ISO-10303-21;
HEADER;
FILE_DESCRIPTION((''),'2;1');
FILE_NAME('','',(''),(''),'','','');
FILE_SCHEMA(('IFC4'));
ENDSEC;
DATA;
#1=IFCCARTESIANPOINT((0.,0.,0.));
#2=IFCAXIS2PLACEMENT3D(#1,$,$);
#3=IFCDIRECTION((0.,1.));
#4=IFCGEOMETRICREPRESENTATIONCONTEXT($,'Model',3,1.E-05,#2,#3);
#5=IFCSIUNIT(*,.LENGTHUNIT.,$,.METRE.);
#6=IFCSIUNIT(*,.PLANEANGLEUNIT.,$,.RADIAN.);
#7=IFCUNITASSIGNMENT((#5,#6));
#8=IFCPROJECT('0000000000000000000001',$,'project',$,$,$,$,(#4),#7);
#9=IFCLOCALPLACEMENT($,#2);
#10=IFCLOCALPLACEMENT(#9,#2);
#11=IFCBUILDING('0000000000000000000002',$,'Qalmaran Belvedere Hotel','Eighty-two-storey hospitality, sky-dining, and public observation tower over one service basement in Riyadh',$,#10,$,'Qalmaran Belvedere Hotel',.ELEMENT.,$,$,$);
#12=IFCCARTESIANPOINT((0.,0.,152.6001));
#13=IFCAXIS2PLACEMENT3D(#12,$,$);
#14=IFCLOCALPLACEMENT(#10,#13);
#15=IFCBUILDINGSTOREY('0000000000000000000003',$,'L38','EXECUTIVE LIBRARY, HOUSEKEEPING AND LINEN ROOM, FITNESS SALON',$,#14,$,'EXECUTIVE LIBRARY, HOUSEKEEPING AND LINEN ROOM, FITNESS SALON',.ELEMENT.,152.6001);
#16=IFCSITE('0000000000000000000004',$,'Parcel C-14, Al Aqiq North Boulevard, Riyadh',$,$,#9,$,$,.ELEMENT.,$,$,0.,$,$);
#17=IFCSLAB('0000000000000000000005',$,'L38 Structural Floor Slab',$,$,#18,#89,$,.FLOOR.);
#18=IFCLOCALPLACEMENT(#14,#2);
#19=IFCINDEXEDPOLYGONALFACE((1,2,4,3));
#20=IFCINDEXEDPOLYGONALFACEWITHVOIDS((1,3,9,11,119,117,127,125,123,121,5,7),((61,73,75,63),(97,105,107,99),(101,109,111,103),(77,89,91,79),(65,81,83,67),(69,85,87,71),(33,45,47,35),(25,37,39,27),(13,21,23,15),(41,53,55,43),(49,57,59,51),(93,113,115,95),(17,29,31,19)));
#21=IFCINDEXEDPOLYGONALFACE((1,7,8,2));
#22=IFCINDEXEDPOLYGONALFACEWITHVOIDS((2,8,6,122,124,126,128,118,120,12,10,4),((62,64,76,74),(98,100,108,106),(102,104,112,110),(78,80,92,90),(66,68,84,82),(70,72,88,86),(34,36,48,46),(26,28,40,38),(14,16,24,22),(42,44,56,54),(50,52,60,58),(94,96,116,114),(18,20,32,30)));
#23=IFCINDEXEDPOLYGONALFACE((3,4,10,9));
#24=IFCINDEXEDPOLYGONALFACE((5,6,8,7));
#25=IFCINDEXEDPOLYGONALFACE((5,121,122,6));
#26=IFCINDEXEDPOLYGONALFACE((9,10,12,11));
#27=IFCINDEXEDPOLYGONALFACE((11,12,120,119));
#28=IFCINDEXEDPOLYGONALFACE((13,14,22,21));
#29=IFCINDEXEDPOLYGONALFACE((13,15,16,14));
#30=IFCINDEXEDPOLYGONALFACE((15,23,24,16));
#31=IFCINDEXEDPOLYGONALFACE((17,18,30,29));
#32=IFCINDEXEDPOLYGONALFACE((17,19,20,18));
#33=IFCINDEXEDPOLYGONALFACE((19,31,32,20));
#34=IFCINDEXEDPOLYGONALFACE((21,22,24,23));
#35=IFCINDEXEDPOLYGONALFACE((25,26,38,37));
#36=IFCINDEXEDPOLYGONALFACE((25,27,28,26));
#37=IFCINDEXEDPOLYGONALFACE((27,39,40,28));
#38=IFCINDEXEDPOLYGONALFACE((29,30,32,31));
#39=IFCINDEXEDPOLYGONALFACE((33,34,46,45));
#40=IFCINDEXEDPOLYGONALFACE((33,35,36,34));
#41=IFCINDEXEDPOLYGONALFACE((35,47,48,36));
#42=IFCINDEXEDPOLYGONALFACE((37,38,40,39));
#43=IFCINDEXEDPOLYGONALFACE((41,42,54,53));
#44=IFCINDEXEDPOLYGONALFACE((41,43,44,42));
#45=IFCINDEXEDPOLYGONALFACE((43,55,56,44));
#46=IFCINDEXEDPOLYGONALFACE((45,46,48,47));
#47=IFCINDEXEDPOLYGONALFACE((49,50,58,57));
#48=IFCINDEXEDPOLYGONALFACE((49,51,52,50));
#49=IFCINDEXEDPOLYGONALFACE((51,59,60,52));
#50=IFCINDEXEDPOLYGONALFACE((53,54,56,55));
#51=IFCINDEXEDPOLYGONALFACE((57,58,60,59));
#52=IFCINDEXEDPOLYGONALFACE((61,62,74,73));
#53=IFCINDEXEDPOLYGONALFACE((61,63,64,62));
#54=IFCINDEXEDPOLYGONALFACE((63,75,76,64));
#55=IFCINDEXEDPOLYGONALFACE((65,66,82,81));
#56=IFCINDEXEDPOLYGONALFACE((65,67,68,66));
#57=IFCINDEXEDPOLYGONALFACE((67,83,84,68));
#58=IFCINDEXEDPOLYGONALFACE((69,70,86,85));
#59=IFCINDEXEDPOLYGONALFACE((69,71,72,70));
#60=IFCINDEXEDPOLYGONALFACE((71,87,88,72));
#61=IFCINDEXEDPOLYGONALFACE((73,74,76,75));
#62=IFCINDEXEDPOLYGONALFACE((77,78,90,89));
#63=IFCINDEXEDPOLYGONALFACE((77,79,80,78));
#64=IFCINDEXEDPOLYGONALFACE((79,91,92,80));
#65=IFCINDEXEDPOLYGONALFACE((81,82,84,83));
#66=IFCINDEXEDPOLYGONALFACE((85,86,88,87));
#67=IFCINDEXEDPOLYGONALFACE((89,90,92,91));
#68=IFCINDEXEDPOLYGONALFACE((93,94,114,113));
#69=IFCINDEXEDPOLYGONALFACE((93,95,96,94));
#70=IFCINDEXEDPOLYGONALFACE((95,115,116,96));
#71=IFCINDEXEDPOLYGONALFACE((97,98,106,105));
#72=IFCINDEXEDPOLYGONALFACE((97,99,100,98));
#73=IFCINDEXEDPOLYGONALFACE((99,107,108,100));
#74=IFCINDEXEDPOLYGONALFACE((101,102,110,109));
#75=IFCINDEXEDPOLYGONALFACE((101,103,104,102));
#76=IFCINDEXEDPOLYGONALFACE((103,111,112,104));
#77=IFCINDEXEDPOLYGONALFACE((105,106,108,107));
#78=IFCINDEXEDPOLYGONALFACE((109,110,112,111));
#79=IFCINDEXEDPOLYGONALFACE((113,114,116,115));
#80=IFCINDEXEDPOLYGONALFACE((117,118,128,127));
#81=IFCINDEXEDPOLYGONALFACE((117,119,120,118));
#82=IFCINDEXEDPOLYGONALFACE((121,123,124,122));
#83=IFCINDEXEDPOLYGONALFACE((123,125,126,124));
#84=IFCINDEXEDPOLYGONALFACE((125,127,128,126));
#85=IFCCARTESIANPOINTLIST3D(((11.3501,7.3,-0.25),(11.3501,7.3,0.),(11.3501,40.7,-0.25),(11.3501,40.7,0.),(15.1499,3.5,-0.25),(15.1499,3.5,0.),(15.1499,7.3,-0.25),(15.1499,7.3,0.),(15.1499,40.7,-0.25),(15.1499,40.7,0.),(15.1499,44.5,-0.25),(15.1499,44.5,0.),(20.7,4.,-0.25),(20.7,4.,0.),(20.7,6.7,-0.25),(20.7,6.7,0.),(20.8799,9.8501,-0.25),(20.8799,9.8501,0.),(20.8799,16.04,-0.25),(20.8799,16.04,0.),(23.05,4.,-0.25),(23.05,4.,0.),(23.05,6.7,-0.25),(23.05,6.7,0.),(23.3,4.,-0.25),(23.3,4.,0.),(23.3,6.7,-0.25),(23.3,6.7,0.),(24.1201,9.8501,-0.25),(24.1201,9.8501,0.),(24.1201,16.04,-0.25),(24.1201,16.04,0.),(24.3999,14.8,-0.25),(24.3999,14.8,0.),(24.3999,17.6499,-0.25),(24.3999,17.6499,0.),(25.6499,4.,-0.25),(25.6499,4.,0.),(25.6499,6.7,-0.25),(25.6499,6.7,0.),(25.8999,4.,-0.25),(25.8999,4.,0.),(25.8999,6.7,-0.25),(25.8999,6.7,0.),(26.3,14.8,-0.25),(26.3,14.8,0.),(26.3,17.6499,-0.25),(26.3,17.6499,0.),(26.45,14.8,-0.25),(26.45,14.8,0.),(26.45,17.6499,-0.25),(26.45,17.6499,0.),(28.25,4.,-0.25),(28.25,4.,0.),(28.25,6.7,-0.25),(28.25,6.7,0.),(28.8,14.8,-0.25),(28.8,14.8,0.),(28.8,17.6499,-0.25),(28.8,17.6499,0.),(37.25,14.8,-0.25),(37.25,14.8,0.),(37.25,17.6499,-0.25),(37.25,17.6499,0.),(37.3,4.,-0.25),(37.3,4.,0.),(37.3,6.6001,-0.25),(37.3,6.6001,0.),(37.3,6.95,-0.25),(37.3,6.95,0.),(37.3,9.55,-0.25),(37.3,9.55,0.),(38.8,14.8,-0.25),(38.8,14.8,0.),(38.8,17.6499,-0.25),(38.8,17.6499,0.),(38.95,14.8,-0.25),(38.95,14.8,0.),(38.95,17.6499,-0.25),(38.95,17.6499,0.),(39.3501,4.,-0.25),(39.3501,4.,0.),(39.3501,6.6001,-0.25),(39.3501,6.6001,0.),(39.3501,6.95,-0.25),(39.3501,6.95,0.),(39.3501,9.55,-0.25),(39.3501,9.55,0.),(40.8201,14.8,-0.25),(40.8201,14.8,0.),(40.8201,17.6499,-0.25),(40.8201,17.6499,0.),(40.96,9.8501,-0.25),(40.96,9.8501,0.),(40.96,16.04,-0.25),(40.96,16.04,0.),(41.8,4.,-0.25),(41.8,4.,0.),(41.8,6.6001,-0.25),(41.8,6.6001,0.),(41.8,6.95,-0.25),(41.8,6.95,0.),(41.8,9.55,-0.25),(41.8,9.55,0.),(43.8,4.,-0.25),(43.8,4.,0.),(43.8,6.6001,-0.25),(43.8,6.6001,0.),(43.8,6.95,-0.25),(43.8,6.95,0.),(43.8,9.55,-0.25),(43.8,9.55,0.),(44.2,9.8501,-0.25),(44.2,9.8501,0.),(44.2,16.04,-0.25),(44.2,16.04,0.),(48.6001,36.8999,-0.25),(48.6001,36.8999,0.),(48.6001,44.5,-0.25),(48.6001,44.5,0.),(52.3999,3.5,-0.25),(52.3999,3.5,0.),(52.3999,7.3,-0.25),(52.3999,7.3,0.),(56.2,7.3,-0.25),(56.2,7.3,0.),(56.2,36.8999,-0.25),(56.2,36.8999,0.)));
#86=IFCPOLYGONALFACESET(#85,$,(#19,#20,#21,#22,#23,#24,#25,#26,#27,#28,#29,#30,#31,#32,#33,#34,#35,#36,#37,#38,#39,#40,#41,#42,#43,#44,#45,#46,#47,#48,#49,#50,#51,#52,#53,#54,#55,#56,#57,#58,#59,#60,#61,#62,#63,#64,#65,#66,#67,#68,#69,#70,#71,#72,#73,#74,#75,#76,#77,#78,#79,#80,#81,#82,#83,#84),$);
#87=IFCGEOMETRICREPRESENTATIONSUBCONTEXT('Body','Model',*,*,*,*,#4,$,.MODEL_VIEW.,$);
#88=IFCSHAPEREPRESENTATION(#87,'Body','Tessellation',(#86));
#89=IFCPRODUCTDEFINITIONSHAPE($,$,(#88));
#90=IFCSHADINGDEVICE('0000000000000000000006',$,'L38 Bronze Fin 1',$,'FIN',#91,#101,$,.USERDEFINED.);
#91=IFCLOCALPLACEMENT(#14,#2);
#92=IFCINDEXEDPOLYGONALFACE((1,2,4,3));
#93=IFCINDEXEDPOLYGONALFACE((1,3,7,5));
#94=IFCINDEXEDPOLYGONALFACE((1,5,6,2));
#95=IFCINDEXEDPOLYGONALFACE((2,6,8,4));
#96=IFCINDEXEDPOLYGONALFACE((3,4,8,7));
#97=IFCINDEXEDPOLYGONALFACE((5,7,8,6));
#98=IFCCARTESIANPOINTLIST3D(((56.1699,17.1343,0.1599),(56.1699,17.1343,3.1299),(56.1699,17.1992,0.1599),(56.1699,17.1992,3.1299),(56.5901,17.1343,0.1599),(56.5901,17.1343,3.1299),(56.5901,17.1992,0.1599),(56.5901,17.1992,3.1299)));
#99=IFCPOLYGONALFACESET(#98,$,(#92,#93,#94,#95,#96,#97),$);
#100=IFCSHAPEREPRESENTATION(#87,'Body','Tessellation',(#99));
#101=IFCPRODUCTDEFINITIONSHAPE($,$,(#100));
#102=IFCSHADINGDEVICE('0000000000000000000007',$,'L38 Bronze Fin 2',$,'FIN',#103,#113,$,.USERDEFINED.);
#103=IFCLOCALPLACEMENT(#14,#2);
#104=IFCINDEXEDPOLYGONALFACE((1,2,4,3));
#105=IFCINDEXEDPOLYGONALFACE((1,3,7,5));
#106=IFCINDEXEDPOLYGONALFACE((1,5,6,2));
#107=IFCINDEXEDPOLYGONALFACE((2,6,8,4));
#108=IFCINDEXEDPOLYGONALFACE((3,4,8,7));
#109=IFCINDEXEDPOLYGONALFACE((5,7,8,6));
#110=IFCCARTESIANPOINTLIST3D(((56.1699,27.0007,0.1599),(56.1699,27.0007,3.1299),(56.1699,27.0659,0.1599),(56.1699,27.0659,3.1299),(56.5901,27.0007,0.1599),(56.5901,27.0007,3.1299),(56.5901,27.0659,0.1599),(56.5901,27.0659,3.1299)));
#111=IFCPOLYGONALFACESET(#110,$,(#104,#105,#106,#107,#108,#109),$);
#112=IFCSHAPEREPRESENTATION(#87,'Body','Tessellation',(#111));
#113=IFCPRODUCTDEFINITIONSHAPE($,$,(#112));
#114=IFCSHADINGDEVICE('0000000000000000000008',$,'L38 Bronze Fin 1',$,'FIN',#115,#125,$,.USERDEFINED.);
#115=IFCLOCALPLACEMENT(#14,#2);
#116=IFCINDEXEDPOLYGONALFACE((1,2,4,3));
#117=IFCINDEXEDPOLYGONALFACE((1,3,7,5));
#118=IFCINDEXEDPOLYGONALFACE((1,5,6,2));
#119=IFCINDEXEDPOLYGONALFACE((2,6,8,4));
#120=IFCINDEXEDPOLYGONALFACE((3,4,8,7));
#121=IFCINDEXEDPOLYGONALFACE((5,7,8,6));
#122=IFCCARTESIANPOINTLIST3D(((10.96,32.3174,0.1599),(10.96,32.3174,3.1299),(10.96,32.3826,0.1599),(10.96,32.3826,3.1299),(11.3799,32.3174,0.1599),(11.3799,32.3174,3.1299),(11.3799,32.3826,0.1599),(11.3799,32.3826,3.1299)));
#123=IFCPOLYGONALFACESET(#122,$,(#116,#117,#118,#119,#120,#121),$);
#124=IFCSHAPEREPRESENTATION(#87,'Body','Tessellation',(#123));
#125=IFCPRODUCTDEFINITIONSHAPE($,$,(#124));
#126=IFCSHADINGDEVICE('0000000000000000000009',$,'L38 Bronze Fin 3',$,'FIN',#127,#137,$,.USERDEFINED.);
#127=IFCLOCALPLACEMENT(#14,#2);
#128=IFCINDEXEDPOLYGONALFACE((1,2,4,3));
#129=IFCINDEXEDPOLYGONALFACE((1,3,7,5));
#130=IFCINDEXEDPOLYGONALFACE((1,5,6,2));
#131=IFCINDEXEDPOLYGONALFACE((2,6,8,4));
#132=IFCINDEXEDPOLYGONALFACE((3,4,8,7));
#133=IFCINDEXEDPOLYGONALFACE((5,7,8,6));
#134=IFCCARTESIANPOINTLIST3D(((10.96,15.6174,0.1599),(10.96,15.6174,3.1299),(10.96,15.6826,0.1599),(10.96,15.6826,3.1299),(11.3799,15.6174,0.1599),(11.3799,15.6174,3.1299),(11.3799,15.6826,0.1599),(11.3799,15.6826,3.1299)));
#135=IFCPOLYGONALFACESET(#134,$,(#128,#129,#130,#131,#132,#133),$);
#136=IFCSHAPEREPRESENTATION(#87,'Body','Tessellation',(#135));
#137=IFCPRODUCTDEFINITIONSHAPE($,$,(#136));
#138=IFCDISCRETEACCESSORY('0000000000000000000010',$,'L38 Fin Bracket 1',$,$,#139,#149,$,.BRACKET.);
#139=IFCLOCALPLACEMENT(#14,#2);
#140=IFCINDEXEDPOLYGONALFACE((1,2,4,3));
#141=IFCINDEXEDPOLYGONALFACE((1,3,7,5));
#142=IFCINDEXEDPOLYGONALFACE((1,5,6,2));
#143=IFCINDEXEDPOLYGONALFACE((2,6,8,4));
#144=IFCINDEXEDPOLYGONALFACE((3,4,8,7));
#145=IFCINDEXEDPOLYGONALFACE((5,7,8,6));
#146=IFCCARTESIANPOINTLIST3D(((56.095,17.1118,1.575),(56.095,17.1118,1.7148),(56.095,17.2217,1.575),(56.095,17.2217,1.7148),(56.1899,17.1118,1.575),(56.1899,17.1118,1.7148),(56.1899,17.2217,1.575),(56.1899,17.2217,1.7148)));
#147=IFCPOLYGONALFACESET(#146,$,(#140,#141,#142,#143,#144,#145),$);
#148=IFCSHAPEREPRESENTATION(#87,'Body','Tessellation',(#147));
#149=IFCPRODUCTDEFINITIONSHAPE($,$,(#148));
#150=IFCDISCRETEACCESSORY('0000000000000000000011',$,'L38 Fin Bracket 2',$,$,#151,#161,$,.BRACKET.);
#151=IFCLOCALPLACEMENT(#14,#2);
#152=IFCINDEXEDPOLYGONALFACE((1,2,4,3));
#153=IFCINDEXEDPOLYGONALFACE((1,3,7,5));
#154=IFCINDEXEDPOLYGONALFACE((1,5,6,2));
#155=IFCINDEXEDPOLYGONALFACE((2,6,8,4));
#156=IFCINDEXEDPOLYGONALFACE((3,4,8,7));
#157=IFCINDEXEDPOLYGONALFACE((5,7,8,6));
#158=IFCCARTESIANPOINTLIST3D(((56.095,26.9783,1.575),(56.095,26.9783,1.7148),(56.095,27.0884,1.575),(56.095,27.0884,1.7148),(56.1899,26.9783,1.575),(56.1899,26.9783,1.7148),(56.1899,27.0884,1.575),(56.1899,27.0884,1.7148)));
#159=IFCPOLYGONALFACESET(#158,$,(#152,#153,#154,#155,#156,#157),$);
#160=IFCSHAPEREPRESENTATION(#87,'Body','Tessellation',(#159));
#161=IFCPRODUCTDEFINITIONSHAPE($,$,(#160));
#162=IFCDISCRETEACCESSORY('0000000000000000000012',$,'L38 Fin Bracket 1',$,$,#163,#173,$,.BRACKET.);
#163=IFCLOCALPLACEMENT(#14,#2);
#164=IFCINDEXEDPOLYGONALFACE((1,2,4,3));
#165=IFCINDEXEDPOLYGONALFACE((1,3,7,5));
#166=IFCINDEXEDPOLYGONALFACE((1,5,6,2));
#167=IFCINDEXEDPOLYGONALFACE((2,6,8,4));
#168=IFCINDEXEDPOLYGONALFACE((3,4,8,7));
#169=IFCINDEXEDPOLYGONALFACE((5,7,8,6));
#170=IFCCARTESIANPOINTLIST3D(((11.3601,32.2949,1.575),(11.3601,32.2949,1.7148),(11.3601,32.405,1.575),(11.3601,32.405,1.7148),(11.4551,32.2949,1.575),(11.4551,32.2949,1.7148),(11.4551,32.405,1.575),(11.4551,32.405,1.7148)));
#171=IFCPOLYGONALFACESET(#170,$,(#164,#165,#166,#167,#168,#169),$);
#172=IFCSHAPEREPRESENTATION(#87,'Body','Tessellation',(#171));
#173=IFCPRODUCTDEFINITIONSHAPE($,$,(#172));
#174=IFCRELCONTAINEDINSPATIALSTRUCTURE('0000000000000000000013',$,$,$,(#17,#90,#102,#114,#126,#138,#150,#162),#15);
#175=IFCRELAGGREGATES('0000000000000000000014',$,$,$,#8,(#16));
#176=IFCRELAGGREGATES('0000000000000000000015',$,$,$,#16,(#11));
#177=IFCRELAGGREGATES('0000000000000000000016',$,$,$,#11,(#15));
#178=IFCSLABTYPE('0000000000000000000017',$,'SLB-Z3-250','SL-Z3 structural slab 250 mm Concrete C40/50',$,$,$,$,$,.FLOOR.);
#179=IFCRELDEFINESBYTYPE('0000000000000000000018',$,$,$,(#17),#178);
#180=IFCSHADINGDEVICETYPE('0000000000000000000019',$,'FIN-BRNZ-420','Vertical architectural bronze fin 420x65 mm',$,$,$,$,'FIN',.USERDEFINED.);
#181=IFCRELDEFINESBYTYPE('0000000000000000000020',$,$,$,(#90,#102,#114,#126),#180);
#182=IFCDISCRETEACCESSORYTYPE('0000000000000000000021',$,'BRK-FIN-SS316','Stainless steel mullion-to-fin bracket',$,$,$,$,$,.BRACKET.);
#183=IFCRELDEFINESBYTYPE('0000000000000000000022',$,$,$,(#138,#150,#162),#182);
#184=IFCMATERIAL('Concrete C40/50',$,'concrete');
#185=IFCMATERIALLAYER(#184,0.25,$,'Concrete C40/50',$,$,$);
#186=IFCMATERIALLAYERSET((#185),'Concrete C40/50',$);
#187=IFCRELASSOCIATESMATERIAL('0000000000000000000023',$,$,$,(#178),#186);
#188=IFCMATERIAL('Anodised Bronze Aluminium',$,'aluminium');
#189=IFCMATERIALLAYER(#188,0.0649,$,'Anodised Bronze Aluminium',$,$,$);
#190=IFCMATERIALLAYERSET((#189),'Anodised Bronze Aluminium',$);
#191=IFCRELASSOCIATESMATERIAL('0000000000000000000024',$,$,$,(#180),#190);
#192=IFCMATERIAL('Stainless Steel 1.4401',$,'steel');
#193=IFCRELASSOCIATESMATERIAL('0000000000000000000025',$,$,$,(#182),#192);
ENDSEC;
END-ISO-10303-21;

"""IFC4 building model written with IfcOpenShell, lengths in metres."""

from ifc_helpers import new_model, si_unit, direction, frame, origin, place, context, subcontext, project, spatial, polyline, outline, extrude, material, layer, layer_set, type_object, element, save


model = new_model("IFC4")

# Units and contexts
model_context = context("Model", 3, precision=1e-05, world=origin(), true_north=direction((0.0, 1.0)))
body_context = subcontext(model_context, "Body", "Model", "MODEL_VIEW")
ifc_project = project(units=[si_unit("LENGTHUNIT", "METRE"), si_unit("PLANEANGLEUNIT", "RADIAN")], contexts=[model_context])

# Site, building, storey
site_placement = place(None, origin())
site = spatial("IfcSite", under=ifc_project, at=site_placement, Name="Parcel C-14, Al Aqiq North Boulevard, Riyadh", CompositionType="ELEMENT", RefElevation=0.0)
building_placement = place(site_placement, origin())
building = spatial("IfcBuilding", under=site, at=building_placement, Name="Qalmaran Belvedere Hotel", Description="Eighty-two-storey hospitality, sky-dining, and public observation tower over one service basement in Riyadh", LongName="Qalmaran Belvedere Hotel", CompositionType="ELEMENT")
storey_placement = place(building_placement, frame((0.0, 0.0, 152.6001)))
storey = spatial("IfcBuildingStorey", under=building, at=storey_placement, Name="L38", Description="EXECUTIVE LIBRARY, HOUSEKEEPING AND LINEN ROOM, FITNESS SALON", LongName="EXECUTIVE LIBRARY, HOUSEKEEPING AND LINEN ROOM, FITNESS SALON", CompositionType="ELEMENT", Elevation=152.6001)

# Shared definitions
ifc_material_1 = material(Name="Anodised Bronze Aluminium", Category="aluminium")

# Shared definitions
ifc_material_2 = material(Name="Concrete C40/50", Category="concrete")

# Slab
ifc_layer_1 = layer(ifc_material_2, 0.25, Name="Concrete C40/50")
ifc_layer_set_1 = layer_set([ifc_layer_1], Name="Concrete C40/50")
slab_type_1 = type_object("IfcSlabType", Name="SLB-Z3-250", Description="SL-Z3 structural slab 250 mm Concrete C40/50", PredefinedType="FLOOR", material=ifc_layer_set_1)
slab_1_placement = place(storey_placement, frame((0.0, 0.0, -0.25)))
element("IfcSlab", 1, at=slab_1_placement, inside=storey, type_object=slab_type_1, Name="L38 Structural Floor Slab", PredefinedType="FLOOR", context=body_context, shape_type="SweptSolid", body=[
    extrude(outline(polyline([(15.1499, 3.5), (52.3999, 3.5), (52.3999, 7.3), (56.2, 7.3), (56.2, 36.8999), (48.6001, 36.8999), (48.6001, 44.5), (15.1499, 44.5), (15.1499, 40.7), (11.3501, 40.7), (11.3501, 7.3), (15.1499, 7.3), (15.1499, 3.5)]), holes=[polyline([(20.8799, 9.8501), (24.1201, 9.8501), (24.1201, 16.04), (20.8799, 16.04), (20.8799, 9.8501)]), polyline([(40.96, 9.8501), (44.2, 9.8501), (44.2, 16.04), (40.96, 16.04), (40.96, 9.8501)]), polyline([(37.3, 4.0), (39.3501, 4.0), (39.3501, 6.6001), (37.3, 6.6001), (37.3, 4.0)]), polyline([(37.3, 6.95), (39.3501, 6.95), (39.3501, 9.55), (37.3, 9.55), (37.3, 6.95)]), polyline([(41.8, 4.0), (43.8, 4.0), (43.8, 6.6001), (41.8, 6.6001), (41.8, 4.0)]), polyline([(41.8, 6.95), (43.8, 6.95), (43.8, 9.55), (41.8, 9.55), (41.8, 6.95)]), polyline([(20.7, 4.0), (23.05, 4.0), (23.05, 6.7), (20.7, 6.7), (20.7, 4.0)]), polyline([(23.3, 4.0), (25.6499, 4.0), (25.6499, 6.7), (23.3, 6.7), (23.3, 4.0)]), polyline([(25.8999, 4.0), (28.25, 4.0), (28.25, 6.7), (25.8999, 6.7), (25.8999, 4.0)]), polyline([(24.3999, 14.8), (26.3, 14.8), (26.3, 17.6499), (24.3999, 17.6499), (24.3999, 14.8)]), polyline([(38.95, 14.8), (40.8201, 14.8), (40.8201, 17.6499), (38.95, 17.6499), (38.95, 14.8)]), polyline([(26.45, 14.8), (28.8, 14.8), (28.8, 17.6499), (26.45, 17.6499), (26.45, 14.8)]), polyline([(37.25, 14.8), (38.8, 14.8), (38.8, 17.6499), (37.25, 17.6499), (37.25, 14.8)])]), origin(), (0.0, 0.0, 1.0), 0.25),
])

# Shading devices
ifc_layer_2 = layer(ifc_material_1, 0.0649, Name="Anodised Bronze Aluminium")
ifc_layer_set_2 = layer_set([ifc_layer_2], Name="Anodised Bronze Aluminium")
shading_device_type = type_object("IfcShadingDeviceType", Name="FIN-BRNZ-420", Description="Vertical architectural bronze fin 420x65 mm", ElementType="FIN", PredefinedType="USERDEFINED", material=ifc_layer_set_2)
shading_device_1_placement = place(storey_placement, frame((0.0, 0.0, 0.1599)))
element("IfcShadingDevice", 2, at=shading_device_1_placement, inside=storey, type_object=shading_device_type, Name="L38 Bronze Fin 1", ObjectType="FIN", PredefinedType="USERDEFINED", context=body_context, shape_type="SweptSolid", body=[
    extrude(outline(polyline([(56.1699, 17.1343), (56.5901, 17.1343), (56.5901, 17.1992), (56.1699, 17.1992), (56.1699, 17.1343)])), origin(), (0.0, 0.0, 1.0), 2.97),
])
shading_device_2_placement = place(storey_placement, frame((0.0, 0.0, 0.1599)))
element("IfcShadingDevice", 3, at=shading_device_2_placement, inside=storey, type_object=shading_device_type, Name="L38 Bronze Fin 2", ObjectType="FIN", PredefinedType="USERDEFINED", context=body_context, shape_type="SweptSolid", body=[
    extrude(outline(polyline([(56.1699, 27.0007), (56.5901, 27.0007), (56.5901, 27.0659), (56.1699, 27.0659), (56.1699, 27.0007)])), origin(), (0.0, 0.0, 1.0), 2.97),
])
shading_device_3_placement = place(storey_placement, frame((0.0, 0.0, 0.1599)))
element("IfcShadingDevice", 4, at=shading_device_3_placement, inside=storey, type_object=shading_device_type, Name="L38 Bronze Fin 1", ObjectType="FIN", PredefinedType="USERDEFINED", context=body_context, shape_type="SweptSolid", body=[
    extrude(outline(polyline([(11.3799, 32.3826), (10.96, 32.3826), (10.96, 32.3174), (11.3799, 32.3174), (11.3799, 32.3826)])), origin(), (0.0, 0.0, 1.0), 2.97),
])
shading_device_4_placement = place(storey_placement, frame((0.0, 0.0, 0.1599)))
element("IfcShadingDevice", 5, at=shading_device_4_placement, inside=storey, type_object=shading_device_type, Name="L38 Bronze Fin 3", ObjectType="FIN", PredefinedType="USERDEFINED", context=body_context, shape_type="SweptSolid", body=[
    extrude(outline(polyline([(11.3799, 15.6826), (10.96, 15.6826), (10.96, 15.6174), (11.3799, 15.6174), (11.3799, 15.6826)])), origin(), (0.0, 0.0, 1.0), 2.97),
])

# Discrete accessories
ifc_material_3 = material(Name="Stainless Steel 1.4401", Category="steel")
discrete_accessory_type_1 = type_object("IfcDiscreteAccessoryType", Name="BRK-FIN-SS316", Description="Stainless steel mullion-to-fin bracket", PredefinedType="BRACKET", material=ifc_material_3)
discrete_accessory_1_placement = place(storey_placement, frame((0.0, 0.0, 1.575)))
element("IfcDiscreteAccessory", 6, at=discrete_accessory_1_placement, inside=storey, type_object=discrete_accessory_type_1, Name="L38 Fin Bracket 1", PredefinedType="BRACKET", context=body_context, shape_type="SweptSolid", body=[
    extrude(outline(polyline([(56.095, 17.1118), (56.1899, 17.1118), (56.1899, 17.2217), (56.095, 17.2217), (56.095, 17.1118)])), origin(), (0.0, 0.0, 1.0), 0.1399),
])
discrete_accessory_2_placement = place(storey_placement, frame((0.0, 0.0, 1.575)))
element("IfcDiscreteAccessory", 7, at=discrete_accessory_2_placement, inside=storey, type_object=discrete_accessory_type_1, Name="L38 Fin Bracket 2", PredefinedType="BRACKET", context=body_context, shape_type="SweptSolid", body=[
    extrude(outline(polyline([(56.095, 26.9783), (56.1899, 26.9783), (56.1899, 27.0884), (56.095, 27.0884), (56.095, 26.9783)])), origin(), (0.0, 0.0, 1.0), 0.1399),
])
discrete_accessory_3_placement = place(storey_placement, frame((0.0, 0.0, 1.575)))
element("IfcDiscreteAccessory", 8, at=discrete_accessory_3_placement, inside=storey, type_object=discrete_accessory_type_1, Name="L38 Fin Bracket 1", PredefinedType="BRACKET", context=body_context, shape_type="SweptSolid", body=[
    extrude(outline(polyline([(11.4551, 32.405), (11.3601, 32.405), (11.3601, 32.2949), (11.4551, 32.2949), (11.4551, 32.405)])), origin(), (0.0, 0.0, 1.0), 0.1399),
])

save(model, "model.ifc")
